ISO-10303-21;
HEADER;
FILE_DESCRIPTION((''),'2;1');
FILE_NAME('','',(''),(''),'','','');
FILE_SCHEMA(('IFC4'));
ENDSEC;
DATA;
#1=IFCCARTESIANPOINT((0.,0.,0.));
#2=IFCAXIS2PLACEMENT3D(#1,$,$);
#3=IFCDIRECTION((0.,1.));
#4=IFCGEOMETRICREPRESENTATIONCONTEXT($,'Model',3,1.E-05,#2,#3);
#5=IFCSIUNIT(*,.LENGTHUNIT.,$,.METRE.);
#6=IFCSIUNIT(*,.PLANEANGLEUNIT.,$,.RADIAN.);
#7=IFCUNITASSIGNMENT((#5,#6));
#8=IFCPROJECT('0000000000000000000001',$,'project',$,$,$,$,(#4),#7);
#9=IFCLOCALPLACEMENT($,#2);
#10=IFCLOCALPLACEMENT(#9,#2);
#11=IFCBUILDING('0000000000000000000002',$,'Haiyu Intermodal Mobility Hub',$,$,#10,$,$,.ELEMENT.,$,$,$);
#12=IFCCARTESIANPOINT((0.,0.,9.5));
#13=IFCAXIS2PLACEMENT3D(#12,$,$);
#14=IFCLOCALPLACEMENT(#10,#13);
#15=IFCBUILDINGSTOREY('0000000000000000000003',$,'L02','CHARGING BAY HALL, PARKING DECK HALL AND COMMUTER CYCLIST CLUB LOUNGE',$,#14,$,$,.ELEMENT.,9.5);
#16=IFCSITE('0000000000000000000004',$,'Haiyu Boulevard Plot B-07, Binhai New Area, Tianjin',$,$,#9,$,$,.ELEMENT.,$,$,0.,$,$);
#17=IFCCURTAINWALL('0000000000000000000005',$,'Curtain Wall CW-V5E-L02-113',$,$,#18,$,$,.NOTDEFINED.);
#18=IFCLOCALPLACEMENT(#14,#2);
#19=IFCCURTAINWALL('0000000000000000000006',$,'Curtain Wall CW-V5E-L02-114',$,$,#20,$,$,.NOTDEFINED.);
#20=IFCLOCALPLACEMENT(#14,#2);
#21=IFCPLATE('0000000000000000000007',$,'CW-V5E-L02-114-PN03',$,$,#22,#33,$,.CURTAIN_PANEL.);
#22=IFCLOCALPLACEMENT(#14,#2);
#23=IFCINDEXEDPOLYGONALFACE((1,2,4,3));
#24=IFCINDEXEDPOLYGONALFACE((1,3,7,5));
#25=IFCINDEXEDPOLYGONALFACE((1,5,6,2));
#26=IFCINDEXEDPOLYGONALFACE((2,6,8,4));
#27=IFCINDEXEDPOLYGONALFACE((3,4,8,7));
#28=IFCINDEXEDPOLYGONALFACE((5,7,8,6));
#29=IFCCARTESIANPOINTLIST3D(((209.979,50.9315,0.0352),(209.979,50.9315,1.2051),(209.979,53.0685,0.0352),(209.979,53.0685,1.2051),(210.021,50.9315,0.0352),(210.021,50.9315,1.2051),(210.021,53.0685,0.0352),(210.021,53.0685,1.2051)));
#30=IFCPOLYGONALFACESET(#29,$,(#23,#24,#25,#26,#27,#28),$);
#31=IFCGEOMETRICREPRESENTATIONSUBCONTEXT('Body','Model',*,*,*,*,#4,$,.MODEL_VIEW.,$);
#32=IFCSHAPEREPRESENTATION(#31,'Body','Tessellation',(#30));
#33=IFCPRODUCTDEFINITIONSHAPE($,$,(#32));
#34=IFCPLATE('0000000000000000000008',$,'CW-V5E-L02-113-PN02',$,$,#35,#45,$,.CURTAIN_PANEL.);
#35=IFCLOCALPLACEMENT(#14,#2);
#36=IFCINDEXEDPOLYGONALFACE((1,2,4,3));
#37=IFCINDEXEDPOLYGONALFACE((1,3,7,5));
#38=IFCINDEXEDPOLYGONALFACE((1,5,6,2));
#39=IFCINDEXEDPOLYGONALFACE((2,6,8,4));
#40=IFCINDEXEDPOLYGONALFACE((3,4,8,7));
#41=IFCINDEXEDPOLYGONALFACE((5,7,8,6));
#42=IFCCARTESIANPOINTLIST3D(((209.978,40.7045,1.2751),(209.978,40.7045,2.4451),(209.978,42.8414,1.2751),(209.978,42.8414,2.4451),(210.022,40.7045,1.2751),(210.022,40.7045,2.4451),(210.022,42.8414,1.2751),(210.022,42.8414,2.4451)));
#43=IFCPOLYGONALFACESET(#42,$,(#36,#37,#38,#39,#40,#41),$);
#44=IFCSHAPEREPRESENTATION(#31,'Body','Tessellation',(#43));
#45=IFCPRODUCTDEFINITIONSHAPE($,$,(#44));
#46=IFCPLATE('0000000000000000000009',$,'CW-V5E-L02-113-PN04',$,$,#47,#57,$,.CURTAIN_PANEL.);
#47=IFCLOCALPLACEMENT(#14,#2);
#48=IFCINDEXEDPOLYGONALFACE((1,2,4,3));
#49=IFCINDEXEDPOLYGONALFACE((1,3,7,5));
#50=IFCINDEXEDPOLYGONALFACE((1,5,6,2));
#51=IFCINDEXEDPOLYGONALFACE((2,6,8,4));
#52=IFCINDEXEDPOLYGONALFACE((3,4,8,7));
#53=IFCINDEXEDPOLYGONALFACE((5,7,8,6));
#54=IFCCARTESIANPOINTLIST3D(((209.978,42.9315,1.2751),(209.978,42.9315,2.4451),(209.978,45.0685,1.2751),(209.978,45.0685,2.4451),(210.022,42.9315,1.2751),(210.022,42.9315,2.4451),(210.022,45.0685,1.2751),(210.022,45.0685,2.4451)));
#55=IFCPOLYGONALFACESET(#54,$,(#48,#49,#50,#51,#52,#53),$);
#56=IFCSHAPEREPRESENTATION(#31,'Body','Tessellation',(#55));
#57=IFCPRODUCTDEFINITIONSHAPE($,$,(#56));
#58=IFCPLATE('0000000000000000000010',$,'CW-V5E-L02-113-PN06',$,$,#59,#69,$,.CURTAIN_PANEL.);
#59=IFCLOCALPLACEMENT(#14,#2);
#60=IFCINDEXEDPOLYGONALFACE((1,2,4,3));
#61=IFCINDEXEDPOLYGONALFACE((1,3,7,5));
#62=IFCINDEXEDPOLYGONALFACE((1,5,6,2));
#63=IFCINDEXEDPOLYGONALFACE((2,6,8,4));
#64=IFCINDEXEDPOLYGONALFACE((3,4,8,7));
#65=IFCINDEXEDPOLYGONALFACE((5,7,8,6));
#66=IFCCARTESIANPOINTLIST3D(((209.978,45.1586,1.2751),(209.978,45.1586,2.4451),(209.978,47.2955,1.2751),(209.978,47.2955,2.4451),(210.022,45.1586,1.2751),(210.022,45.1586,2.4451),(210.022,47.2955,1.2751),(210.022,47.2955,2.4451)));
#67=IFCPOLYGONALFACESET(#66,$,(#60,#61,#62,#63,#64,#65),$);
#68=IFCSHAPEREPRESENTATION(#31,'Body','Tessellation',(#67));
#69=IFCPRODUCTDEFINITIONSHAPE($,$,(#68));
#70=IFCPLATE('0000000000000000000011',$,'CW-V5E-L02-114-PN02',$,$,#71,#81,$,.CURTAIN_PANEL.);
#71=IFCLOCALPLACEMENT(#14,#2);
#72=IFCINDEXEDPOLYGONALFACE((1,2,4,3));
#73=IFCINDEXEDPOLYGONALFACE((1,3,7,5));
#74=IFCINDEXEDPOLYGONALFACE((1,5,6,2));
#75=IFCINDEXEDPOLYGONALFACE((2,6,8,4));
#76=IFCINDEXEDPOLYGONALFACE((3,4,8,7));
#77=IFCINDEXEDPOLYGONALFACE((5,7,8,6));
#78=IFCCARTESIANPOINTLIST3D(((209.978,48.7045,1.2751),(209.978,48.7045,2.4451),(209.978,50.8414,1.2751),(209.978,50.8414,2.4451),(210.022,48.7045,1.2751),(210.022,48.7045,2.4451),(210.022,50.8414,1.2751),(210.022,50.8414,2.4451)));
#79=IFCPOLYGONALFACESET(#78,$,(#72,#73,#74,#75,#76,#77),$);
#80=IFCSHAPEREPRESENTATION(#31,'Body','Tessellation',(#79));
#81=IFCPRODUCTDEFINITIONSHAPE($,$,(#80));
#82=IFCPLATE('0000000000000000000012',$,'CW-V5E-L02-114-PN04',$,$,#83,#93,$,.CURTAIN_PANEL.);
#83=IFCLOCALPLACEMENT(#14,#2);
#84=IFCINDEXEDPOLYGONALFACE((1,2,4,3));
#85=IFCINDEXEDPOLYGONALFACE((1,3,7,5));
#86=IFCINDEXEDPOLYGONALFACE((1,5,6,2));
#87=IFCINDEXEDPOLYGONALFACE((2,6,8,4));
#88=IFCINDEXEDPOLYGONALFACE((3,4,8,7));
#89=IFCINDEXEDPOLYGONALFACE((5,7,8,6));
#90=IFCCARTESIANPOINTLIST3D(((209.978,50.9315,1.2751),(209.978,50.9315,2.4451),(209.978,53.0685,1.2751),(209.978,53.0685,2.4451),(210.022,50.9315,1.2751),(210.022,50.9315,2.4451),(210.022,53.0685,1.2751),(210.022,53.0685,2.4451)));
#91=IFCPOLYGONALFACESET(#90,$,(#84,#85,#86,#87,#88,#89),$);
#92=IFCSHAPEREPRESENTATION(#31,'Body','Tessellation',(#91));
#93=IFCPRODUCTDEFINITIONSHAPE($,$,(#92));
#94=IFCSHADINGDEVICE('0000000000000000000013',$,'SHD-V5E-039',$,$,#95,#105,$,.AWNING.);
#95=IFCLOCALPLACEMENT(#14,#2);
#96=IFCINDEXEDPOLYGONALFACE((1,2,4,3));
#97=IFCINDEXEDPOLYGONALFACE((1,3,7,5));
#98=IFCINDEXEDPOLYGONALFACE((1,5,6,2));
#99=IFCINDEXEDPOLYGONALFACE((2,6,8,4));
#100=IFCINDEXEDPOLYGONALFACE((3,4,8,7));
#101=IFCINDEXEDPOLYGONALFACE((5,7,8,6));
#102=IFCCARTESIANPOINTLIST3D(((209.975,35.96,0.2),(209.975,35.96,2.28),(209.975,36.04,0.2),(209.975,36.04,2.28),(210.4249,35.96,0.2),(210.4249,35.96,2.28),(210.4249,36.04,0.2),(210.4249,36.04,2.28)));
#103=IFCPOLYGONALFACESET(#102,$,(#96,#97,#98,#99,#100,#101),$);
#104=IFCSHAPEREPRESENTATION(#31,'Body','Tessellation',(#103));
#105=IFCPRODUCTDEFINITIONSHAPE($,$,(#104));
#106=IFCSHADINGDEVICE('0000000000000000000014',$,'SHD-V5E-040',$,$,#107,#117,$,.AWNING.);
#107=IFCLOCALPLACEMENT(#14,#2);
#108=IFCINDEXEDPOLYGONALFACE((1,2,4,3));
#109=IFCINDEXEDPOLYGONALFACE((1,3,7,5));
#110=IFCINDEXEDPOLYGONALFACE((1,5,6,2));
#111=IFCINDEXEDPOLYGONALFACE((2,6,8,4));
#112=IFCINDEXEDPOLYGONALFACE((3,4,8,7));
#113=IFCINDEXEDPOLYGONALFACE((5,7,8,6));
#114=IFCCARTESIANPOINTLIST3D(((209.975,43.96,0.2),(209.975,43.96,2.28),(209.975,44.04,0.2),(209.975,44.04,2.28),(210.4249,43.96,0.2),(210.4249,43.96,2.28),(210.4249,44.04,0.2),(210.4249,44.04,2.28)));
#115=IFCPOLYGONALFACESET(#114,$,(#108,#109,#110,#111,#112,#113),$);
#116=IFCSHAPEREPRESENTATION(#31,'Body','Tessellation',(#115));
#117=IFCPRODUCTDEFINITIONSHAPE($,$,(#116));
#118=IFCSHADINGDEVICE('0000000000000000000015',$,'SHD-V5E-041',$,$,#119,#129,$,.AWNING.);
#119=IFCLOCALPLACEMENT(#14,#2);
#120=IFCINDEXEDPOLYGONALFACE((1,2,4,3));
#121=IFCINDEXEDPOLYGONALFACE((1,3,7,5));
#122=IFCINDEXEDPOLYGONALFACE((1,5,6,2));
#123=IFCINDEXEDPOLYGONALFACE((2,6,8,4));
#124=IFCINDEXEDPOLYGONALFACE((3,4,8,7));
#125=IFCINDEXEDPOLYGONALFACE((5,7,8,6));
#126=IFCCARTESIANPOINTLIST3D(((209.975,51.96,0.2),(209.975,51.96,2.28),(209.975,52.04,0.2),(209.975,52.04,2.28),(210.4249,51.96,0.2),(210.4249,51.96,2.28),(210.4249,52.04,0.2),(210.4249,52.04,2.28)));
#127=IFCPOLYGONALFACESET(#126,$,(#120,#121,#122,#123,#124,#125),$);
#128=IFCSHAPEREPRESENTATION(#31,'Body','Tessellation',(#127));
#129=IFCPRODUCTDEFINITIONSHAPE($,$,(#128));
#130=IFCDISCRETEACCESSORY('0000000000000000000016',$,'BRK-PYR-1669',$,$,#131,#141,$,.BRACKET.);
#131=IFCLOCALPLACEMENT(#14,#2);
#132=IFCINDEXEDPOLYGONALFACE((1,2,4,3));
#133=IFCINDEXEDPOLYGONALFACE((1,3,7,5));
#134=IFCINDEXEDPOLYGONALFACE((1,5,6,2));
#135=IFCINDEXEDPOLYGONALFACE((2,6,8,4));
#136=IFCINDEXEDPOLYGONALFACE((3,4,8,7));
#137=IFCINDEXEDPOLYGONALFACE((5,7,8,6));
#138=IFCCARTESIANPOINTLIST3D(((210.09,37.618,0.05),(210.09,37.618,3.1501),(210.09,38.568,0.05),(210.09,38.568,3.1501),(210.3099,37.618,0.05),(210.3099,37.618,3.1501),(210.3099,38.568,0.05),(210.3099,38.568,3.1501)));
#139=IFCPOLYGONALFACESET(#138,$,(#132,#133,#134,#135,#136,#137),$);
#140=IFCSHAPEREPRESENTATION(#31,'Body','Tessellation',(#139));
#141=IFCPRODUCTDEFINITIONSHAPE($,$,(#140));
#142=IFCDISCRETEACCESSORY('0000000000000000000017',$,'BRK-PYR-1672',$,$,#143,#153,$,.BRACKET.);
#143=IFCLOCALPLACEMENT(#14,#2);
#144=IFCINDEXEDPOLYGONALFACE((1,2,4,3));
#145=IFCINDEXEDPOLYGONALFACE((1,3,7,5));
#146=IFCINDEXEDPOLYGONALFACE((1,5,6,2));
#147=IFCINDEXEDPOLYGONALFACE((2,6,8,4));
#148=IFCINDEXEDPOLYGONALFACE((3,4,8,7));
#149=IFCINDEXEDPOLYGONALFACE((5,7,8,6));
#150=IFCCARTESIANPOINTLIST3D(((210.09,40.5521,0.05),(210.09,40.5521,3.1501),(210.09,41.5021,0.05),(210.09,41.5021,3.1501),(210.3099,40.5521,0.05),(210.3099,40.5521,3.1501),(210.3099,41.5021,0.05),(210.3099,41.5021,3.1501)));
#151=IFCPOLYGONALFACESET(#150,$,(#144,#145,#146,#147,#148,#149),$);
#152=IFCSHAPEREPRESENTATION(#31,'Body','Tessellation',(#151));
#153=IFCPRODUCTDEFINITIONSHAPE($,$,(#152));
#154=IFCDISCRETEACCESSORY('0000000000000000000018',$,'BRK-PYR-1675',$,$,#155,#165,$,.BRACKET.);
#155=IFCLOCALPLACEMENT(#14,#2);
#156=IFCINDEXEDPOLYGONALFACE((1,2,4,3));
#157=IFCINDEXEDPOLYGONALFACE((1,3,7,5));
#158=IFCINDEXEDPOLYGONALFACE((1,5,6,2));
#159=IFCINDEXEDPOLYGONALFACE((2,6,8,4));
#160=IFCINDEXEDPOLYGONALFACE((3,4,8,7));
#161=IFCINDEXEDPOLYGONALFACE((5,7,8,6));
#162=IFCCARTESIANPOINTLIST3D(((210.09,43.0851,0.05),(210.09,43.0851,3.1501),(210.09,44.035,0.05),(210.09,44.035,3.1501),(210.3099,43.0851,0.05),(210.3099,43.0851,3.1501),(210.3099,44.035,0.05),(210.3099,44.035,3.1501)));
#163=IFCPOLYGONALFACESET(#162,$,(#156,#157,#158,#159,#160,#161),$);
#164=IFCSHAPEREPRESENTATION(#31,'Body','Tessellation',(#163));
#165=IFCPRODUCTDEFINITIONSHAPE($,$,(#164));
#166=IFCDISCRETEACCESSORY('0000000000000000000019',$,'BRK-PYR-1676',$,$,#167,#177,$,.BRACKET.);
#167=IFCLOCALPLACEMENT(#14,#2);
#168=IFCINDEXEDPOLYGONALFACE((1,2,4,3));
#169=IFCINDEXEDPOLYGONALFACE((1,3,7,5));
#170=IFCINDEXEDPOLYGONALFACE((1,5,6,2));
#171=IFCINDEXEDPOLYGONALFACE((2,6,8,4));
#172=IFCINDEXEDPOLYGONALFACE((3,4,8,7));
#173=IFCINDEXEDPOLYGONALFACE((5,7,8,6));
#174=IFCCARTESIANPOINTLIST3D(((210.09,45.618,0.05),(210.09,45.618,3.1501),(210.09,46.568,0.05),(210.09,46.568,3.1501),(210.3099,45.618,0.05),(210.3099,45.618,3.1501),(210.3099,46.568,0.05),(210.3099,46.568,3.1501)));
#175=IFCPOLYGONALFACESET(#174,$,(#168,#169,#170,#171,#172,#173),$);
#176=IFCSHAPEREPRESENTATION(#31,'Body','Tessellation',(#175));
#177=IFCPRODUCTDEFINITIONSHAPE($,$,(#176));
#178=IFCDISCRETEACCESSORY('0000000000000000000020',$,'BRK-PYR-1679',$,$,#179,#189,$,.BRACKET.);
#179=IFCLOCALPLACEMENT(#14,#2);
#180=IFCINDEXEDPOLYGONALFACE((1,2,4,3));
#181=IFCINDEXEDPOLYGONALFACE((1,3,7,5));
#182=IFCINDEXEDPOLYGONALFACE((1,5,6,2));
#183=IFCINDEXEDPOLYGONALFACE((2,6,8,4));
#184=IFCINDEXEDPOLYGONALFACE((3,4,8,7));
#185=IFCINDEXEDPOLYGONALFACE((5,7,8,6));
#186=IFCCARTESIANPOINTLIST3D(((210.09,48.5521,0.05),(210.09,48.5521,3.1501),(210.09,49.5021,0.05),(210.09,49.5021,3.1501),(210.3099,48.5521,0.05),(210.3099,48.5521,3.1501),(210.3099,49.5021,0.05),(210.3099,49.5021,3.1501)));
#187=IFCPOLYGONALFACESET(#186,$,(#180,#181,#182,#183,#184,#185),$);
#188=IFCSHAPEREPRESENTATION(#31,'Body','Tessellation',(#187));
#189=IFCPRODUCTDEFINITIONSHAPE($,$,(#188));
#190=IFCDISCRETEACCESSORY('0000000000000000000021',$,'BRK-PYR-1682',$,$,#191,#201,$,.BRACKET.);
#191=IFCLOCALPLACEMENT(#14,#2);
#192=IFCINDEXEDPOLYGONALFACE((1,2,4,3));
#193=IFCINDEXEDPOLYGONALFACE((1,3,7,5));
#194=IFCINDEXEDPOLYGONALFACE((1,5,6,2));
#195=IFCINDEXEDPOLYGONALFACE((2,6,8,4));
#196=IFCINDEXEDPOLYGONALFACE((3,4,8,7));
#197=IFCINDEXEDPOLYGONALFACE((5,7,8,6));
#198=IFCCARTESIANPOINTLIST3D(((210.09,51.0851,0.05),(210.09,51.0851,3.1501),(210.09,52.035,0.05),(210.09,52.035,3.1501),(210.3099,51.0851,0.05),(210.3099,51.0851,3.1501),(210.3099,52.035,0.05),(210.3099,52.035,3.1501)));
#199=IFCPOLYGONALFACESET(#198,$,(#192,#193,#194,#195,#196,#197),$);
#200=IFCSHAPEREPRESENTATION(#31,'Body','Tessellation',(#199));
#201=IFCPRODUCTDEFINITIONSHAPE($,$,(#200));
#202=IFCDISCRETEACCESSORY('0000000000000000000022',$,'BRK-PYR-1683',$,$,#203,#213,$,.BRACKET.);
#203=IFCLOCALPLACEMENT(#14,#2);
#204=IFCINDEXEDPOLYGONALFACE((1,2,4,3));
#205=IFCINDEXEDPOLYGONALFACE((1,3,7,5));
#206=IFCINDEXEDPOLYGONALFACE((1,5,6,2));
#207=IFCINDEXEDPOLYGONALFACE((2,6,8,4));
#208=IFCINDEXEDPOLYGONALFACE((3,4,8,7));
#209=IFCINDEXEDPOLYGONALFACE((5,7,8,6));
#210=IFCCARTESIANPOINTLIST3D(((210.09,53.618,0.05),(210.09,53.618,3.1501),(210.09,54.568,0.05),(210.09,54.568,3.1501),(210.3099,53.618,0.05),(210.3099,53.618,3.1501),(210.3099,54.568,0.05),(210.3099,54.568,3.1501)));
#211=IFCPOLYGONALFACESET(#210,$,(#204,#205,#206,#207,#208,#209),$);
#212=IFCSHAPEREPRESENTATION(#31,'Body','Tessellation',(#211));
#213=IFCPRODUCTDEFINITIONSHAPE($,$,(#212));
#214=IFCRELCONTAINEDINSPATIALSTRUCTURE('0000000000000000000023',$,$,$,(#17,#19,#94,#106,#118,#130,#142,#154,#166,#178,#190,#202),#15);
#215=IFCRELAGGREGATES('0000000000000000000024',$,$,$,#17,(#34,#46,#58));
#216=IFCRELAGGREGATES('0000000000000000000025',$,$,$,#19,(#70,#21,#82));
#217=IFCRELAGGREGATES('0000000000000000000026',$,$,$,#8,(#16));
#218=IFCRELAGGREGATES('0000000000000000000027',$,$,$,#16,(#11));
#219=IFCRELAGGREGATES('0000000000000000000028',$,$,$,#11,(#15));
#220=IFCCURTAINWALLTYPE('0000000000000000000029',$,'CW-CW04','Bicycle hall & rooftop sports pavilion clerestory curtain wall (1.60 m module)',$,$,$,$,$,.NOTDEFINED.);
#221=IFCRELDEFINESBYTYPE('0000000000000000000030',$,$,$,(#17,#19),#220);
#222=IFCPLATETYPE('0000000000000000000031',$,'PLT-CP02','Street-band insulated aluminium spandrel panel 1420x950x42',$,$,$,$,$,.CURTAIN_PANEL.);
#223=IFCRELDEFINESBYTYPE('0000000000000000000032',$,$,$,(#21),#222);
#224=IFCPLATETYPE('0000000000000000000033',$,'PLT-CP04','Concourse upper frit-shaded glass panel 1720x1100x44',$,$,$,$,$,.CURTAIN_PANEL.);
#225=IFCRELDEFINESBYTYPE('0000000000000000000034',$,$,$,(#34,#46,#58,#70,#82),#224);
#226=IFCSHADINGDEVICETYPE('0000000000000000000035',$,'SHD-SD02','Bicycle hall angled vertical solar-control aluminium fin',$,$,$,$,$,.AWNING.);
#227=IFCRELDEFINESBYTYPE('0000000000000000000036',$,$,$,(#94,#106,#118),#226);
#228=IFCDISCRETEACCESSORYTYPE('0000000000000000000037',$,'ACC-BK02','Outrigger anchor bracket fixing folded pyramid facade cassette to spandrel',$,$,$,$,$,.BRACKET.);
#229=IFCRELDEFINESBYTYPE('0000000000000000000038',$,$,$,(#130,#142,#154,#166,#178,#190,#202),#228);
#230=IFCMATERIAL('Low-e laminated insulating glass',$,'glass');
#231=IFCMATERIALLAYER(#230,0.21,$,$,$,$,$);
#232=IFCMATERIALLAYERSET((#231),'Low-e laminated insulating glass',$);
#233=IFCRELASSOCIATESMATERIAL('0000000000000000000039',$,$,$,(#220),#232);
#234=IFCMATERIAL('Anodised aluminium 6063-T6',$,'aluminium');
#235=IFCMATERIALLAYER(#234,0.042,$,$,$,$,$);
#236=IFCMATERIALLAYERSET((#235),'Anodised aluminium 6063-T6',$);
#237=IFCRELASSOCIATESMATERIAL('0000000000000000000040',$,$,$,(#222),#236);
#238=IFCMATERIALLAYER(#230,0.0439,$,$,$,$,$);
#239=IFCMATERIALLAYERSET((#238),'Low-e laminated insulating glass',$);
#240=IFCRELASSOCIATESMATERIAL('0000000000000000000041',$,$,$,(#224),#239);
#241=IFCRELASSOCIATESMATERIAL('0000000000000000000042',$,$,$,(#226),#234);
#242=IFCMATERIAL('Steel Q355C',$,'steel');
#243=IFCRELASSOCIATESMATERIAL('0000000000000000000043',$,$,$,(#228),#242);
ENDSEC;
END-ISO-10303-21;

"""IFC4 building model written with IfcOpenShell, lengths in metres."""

from ifc_helpers import new_model, si_unit, direction, frame, origin, origin_2d, place, context, subcontext, project, spatial, rectangle, extrude, material, layer, layer_set, material_profile, profile_set, type_object, element, aggregate, save


model = new_model("IFC4")

# Units and contexts
model_context = context("Model", 3, precision=1e-05, world=origin(), true_north=direction((0.0, 1.0)))
body_context = subcontext(model_context, "Body", "Model", "MODEL_VIEW")
ifc_project = project(units=[si_unit("LENGTHUNIT", "METRE"), si_unit("PLANEANGLEUNIT", "RADIAN")], contexts=[model_context])

# Site, building, storey
site_placement = place(None, origin())
site = spatial("IfcSite", under=ifc_project, at=site_placement, Name="Haiyu Boulevard Plot B-07, Binhai New Area, Tianjin", CompositionType="ELEMENT", RefElevation=0.0)
building_placement = place(site_placement, origin())
building = spatial("IfcBuilding", under=site, at=building_placement, Name="Haiyu Intermodal Mobility Hub", CompositionType="ELEMENT")
storey_placement = place(building_placement, frame((0.0, 0.0, 9.5)))
storey = spatial("IfcBuildingStorey", under=building, at=storey_placement, Name="L02", Description="CHARGING BAY HALL, PARKING DECK HALL AND COMMUTER CYCLIST CLUB LOUNGE", CompositionType="ELEMENT", Elevation=9.5)

# Curtain walls
ifc_material_1 = material(Name="Low-e laminated insulating glass", Category="glass")
ifc_layer_1 = layer(ifc_material_1, 0.21)
ifc_layer_set_1 = layer_set([ifc_layer_1], Name="Low-e laminated insulating glass")
curtain_wall_type = type_object("IfcCurtainWallType", Name="CW-CW04", Description="Bicycle hall & rooftop sports pavilion clerestory curtain wall (1.60 m module)", PredefinedType="NOTDEFINED", material=ifc_layer_set_1)
curtain_wall_1_placement = place(storey_placement, origin())
curtain_wall_1 = element("IfcCurtainWall", 1, at=curtain_wall_1_placement, inside=storey, type_object=curtain_wall_type, Name="Curtain Wall CW-V5E-L02-113", PredefinedType="NOTDEFINED")
ifc_material_2 = material(Name="Anodised aluminium 6063-T6", Category="aluminium")
curtain_wall_2_placement = place(storey_placement, origin())
curtain_wall_2 = element("IfcCurtainWall", 2, at=curtain_wall_2_placement, inside=storey, type_object=curtain_wall_type, Name="Curtain Wall CW-V5E-L02-114", PredefinedType="NOTDEFINED")

# Plates
ifc_layer_2 = layer(ifc_material_2, 0.042)
ifc_layer_set_2 = layer_set([ifc_layer_2], Name="Anodised aluminium 6063-T6")
plate_type_1 = type_object("IfcPlateType", Name="PLT-CP02", Description="Street-band insulated aluminium spandrel panel 1420x950x42", PredefinedType="CURTAIN_PANEL", material=ifc_layer_set_2)
plate_1_placement = place(storey_placement, frame((210.0, 52.0, 0.0352), z_axis=(0.0, 0.0, 1.0), x_axis=(0.0, 1.0, 0.0)))
plate_1 = element("IfcPlate", 3, at=plate_1_placement, type_object=plate_type_1, Name="CW-V5E-L02-114-PN03", PredefinedType="CURTAIN_PANEL", context=body_context, shape_type="SweptSolid", body=[
    extrude(rectangle(XDim=2.137, YDim=0.042, at=origin_2d()), origin(), (0.0, 0.0, 1.0), 1.1699),
])
ifc_layer_3 = layer(ifc_material_1, 0.0439)
ifc_layer_set_3 = layer_set([ifc_layer_3], Name="Low-e laminated insulating glass")
plate_type_2 = type_object("IfcPlateType", Name="PLT-CP04", Description="Concourse upper frit-shaded glass panel 1720x1100x44", PredefinedType="CURTAIN_PANEL", material=ifc_layer_set_3)
plate_2_placement = place(storey_placement, frame((210.0, 41.7729, 1.2751), z_axis=(0.0, 0.0, 1.0), x_axis=(0.0, 1.0, 0.0)))
plate_2 = element("IfcPlate", 4, at=plate_2_placement, type_object=plate_type_2, Name="CW-V5E-L02-113-PN02", PredefinedType="CURTAIN_PANEL", context=body_context, shape_type="SweptSolid", body=[
    extrude(rectangle(XDim=2.137, YDim=0.0439, at=origin_2d()), origin(), (0.0, 0.0, 1.0), 1.1699),
])
plate_3_placement = place(storey_placement, frame((210.0, 44.0, 1.2751), z_axis=(0.0, 0.0, 1.0), x_axis=(0.0, 1.0, 0.0)))
plate_3 = element("IfcPlate", 5, at=plate_3_placement, type_object=plate_type_2, Name="CW-V5E-L02-113-PN04", PredefinedType="CURTAIN_PANEL", context=body_context, shape_type="SweptSolid", body=[
    extrude(rectangle(XDim=2.137, YDim=0.0439, at=origin_2d()), origin(), (0.0, 0.0, 1.0), 1.1699),
])
plate_4_placement = place(storey_placement, frame((210.0, 46.2271, 1.2751), z_axis=(0.0, 0.0, 1.0), x_axis=(0.0, 1.0, 0.0)))
plate_4 = element("IfcPlate", 6, at=plate_4_placement, type_object=plate_type_2, Name="CW-V5E-L02-113-PN06", PredefinedType="CURTAIN_PANEL", context=body_context, shape_type="SweptSolid", body=[
    extrude(rectangle(XDim=2.137, YDim=0.0439, at=origin_2d()), origin(), (0.0, 0.0, 1.0), 1.1699),
])
aggregate(curtain_wall_1, [plate_2, plate_3, plate_4])
plate_5_placement = place(storey_placement, frame((210.0, 49.7729, 1.2751), z_axis=(0.0, 0.0, 1.0), x_axis=(0.0, 1.0, 0.0)))
plate_5 = element("IfcPlate", 7, at=plate_5_placement, type_object=plate_type_2, Name="CW-V5E-L02-114-PN02", PredefinedType="CURTAIN_PANEL", context=body_context, shape_type="SweptSolid", body=[
    extrude(rectangle(XDim=2.137, YDim=0.0439, at=origin_2d()), origin(), (0.0, 0.0, 1.0), 1.1699),
])
plate_6_placement = place(storey_placement, frame((210.0, 52.0, 1.2751), z_axis=(0.0, 0.0, 1.0), x_axis=(0.0, 1.0, 0.0)))
plate_6 = element("IfcPlate", 8, at=plate_6_placement, type_object=plate_type_2, Name="CW-V5E-L02-114-PN04", PredefinedType="CURTAIN_PANEL", context=body_context, shape_type="SweptSolid", body=[
    extrude(rectangle(XDim=2.137, YDim=0.0439, at=origin_2d()), origin(), (0.0, 0.0, 1.0), 1.1699),
])
aggregate(curtain_wall_2, [plate_5, plate_1, plate_6])

# Shading devices
ifc_material_profile_1 = material_profile(ifc_material_2, rectangle(XDim=0.0701, YDim=0.55, at=origin_2d()), Name="FIN70x550")
ifc_profile_set_1 = profile_set([ifc_material_profile_1], Name="Anodised aluminium 6063-T6")
shading_device_type = type_object("IfcShadingDeviceType", Name="SHD-SD02", Description="Bicycle hall angled vertical solar-control aluminium fin", PredefinedType="AWNING", material=ifc_profile_set_1)
for number, where, z_axis, x_axis, name in (
    (9, (210.2, 36.0, 0.2), (0.0, 0.0, 1.0), (1.0, 0.0, 0.0), "SHD-V5E-039"),
    (10, (210.2, 44.0, 0.2), (0.0, 0.0, 1.0), (1.0, 0.0, 0.0), "SHD-V5E-040"),
    (11, (210.2, 52.0, 0.2), (0.0, 0.0, 1.0), (1.0, 0.0, 0.0), "SHD-V5E-041"),
):
    element("IfcShadingDevice", number, at=place(storey_placement, frame(where, z_axis=z_axis, x_axis=x_axis)), inside=storey, type_object=shading_device_type, Name=name, PredefinedType="AWNING", context=body_context, shape_type="SweptSolid", body=[
        extrude(rectangle(XDim=0.45, YDim=0.0801, at=origin_2d()), origin(), (0.0, 0.0, 1.0), 2.0801),
    ])

# Discrete accessories
ifc_material_3 = material(Name="Steel Q355C", Category="steel")
discrete_accessory_type = type_object("IfcDiscreteAccessoryType", Name="ACC-BK02", Description="Outrigger anchor bracket fixing folded pyramid facade cassette to spandrel", PredefinedType="BRACKET", material=ifc_material_3)
for number, where, z_axis, x_axis, name in (
    (12, (210.2, 38.093, 0.05), (0.0, 0.0, 1.0), (1.0, 0.0, 0.0), "BRK-PYR-1669"),
    (13, (210.2, 41.0271, 0.05), (0.0, 0.0, 1.0), (1.0, 0.0, 0.0), "BRK-PYR-1672"),
    (14, (210.2, 43.5601, 0.05), (0.0, 0.0, 1.0), (1.0, 0.0, 0.0), "BRK-PYR-1675"),
    (15, (210.2, 46.093, 0.05), (0.0, 0.0, 1.0), (1.0, 0.0, 0.0), "BRK-PYR-1676"),
    (16, (210.2, 49.0271, 0.05), (0.0, 0.0, 1.0), (1.0, 0.0, 0.0), "BRK-PYR-1679"),
    (17, (210.2, 51.5601, 0.05), (0.0, 0.0, 1.0), (1.0, 0.0, 0.0), "BRK-PYR-1682"),
    (18, (210.2, 54.093, 0.05), (0.0, 0.0, 1.0), (1.0, 0.0, 0.0), "BRK-PYR-1683"),
):
    element("IfcDiscreteAccessory", number, at=place(storey_placement, frame(where, z_axis=z_axis, x_axis=x_axis)), inside=storey, type_object=discrete_accessory_type, Name=name, PredefinedType="BRACKET", context=body_context, shape_type="SweptSolid", body=[
        extrude(rectangle(XDim=0.22, YDim=0.95, at=origin_2d()), origin(), (0.0, 0.0, 1.0), 3.1001),
    ])

save(model, "model.ifc")
